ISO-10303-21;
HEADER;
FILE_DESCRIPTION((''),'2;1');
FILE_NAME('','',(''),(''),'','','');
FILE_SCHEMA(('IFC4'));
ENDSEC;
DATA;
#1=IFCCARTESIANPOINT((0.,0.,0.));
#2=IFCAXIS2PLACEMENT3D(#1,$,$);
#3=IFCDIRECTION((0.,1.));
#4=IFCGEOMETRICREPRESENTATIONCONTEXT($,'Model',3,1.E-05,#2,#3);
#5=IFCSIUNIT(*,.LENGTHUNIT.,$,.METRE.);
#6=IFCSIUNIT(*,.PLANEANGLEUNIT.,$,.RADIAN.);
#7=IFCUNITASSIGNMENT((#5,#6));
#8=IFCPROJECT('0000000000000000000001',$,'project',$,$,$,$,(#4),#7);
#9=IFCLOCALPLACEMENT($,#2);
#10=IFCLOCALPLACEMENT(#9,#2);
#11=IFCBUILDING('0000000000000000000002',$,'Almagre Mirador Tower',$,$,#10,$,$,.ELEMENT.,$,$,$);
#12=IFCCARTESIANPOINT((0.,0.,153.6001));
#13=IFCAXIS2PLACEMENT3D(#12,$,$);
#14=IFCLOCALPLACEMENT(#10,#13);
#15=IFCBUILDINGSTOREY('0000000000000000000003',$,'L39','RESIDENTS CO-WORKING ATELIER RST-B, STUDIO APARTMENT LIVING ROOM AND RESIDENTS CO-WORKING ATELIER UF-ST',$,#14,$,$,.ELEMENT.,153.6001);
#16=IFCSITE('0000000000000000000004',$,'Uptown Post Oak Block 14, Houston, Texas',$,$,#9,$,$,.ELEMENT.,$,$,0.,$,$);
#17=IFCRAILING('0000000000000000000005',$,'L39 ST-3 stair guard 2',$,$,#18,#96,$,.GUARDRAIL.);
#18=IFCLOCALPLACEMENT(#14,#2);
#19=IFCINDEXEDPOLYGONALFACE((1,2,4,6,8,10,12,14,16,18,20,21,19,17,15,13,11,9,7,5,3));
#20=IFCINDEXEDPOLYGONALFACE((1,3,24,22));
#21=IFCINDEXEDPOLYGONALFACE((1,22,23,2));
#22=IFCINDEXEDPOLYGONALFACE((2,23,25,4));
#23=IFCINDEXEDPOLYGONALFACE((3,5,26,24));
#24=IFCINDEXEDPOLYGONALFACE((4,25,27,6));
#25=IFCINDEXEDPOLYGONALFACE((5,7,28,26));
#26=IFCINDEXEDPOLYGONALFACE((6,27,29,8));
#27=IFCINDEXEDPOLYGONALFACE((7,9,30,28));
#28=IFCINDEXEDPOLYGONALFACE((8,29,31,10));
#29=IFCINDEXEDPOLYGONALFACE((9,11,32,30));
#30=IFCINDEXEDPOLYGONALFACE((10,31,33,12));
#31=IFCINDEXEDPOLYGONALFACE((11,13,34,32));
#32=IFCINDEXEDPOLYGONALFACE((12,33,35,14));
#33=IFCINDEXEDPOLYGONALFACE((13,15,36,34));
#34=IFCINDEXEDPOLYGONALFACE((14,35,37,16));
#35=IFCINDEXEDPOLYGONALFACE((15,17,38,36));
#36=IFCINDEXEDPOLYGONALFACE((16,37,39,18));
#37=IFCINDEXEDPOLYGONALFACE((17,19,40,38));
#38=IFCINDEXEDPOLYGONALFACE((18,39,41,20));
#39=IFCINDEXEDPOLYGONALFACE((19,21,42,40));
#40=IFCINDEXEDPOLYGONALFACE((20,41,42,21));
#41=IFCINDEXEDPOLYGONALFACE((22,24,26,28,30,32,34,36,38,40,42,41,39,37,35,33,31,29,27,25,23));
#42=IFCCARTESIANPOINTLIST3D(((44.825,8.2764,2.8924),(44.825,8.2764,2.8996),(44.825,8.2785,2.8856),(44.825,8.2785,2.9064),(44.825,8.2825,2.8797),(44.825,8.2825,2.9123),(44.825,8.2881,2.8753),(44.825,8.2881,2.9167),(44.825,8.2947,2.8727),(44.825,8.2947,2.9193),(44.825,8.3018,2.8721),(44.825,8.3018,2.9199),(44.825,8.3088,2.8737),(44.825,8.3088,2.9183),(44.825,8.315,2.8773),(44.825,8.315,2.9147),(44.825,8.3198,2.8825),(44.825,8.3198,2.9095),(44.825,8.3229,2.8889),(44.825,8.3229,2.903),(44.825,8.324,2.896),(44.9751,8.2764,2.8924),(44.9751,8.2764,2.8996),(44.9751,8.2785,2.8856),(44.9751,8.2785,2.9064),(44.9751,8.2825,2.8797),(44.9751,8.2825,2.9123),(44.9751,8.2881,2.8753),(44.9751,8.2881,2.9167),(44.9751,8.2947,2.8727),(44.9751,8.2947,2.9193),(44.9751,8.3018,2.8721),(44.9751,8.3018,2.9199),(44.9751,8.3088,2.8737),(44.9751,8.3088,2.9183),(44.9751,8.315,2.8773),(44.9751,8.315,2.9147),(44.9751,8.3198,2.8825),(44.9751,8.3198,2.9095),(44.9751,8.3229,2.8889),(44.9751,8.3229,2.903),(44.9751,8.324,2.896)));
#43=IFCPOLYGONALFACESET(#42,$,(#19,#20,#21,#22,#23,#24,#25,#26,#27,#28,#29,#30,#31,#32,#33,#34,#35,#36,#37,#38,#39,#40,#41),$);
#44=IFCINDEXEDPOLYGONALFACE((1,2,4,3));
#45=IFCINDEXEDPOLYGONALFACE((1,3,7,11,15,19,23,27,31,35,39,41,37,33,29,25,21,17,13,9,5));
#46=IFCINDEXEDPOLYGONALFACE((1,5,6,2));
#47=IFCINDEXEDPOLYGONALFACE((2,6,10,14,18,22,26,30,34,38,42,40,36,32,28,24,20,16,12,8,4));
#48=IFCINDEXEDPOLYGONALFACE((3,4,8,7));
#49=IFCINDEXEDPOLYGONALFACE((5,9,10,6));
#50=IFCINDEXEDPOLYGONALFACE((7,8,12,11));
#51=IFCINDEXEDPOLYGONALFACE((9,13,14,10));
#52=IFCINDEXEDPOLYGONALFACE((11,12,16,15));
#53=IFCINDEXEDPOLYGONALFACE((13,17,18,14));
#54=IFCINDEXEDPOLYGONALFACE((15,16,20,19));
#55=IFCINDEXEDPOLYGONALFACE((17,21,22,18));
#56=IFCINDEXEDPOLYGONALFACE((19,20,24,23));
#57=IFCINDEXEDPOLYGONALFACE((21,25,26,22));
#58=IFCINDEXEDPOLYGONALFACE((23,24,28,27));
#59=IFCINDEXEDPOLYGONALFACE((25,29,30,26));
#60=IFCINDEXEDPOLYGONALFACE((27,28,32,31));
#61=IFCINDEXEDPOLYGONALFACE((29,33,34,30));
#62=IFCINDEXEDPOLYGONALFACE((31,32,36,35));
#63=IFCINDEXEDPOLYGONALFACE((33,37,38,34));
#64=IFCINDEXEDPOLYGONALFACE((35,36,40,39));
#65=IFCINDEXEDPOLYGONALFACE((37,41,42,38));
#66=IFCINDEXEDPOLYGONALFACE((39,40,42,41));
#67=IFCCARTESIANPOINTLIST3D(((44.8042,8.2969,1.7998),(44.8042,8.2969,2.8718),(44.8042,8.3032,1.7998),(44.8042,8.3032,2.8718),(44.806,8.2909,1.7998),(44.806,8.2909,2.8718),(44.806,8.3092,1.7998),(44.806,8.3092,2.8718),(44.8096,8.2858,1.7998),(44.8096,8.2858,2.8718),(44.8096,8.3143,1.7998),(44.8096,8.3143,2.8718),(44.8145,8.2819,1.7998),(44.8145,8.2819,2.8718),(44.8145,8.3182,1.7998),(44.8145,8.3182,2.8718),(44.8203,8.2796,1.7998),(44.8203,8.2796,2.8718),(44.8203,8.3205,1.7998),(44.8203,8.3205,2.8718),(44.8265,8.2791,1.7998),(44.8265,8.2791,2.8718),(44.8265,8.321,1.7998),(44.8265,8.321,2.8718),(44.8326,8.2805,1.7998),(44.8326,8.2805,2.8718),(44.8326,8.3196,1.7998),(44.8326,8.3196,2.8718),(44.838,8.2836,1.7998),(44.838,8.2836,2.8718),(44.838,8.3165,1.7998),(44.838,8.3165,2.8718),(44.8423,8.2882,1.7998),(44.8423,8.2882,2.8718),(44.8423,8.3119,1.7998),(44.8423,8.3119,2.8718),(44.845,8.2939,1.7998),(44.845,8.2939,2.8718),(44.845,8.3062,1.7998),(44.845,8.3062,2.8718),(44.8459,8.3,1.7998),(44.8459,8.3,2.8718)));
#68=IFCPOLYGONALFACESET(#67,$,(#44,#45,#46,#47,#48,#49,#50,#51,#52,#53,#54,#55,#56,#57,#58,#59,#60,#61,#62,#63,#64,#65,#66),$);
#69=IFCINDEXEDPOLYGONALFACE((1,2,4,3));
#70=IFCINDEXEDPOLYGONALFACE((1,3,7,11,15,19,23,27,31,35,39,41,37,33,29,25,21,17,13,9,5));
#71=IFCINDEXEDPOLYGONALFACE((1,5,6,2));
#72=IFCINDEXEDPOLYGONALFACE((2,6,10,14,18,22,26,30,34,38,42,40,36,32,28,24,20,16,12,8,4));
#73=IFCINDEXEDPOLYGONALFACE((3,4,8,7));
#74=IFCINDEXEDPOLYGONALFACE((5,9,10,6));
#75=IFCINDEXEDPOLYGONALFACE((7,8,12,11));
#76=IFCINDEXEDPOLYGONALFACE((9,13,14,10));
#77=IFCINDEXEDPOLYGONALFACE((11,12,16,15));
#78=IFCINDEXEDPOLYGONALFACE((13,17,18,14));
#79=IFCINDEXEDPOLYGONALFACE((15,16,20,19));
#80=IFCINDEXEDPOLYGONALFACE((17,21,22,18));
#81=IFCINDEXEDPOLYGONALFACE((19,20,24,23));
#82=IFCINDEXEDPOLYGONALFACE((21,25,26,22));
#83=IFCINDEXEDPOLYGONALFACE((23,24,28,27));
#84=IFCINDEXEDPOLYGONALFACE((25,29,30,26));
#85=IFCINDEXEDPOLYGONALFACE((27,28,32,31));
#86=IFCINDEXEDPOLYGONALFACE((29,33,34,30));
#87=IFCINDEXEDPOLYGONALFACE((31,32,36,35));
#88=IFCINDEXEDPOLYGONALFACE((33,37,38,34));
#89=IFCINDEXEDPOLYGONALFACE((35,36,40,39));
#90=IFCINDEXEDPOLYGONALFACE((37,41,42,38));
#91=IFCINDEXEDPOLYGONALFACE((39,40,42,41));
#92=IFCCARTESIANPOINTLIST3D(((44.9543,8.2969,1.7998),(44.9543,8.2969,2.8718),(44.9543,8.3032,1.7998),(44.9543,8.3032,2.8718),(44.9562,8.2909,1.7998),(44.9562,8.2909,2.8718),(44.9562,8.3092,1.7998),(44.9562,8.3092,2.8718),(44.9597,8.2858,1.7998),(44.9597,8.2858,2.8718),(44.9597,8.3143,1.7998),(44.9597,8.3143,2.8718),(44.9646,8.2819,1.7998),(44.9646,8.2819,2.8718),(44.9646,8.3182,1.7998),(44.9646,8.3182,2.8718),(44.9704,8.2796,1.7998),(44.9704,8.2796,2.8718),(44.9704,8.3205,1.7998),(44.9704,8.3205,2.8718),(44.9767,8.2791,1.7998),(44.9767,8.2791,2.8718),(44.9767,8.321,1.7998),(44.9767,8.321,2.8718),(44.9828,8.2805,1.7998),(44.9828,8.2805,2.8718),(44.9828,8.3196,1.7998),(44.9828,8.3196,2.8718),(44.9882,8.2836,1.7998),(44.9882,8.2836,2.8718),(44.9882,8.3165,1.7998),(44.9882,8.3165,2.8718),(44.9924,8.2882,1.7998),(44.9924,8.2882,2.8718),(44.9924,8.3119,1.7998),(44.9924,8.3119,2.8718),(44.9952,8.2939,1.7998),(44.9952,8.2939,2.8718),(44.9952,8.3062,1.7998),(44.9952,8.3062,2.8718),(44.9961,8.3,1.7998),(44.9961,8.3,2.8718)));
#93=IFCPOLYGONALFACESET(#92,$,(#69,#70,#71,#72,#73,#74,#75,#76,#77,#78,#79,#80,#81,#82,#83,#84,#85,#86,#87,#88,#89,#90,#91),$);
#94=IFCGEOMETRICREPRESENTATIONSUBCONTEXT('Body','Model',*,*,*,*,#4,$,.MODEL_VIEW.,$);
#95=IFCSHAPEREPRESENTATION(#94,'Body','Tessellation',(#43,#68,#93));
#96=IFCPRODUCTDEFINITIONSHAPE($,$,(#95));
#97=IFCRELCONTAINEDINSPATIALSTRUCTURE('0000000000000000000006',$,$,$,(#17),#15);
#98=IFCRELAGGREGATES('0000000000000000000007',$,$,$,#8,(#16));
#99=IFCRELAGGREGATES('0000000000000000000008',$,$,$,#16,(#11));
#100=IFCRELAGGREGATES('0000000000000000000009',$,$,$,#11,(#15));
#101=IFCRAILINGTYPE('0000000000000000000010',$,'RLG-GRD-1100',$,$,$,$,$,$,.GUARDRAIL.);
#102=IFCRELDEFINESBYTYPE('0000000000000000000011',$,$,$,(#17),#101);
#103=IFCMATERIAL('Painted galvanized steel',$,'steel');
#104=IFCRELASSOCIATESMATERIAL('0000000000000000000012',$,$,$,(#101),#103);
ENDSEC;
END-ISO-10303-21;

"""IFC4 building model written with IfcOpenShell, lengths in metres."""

from ifc_helpers import new_model, si_unit, direction, frame, origin, origin_2d, place, context, subcontext, project, spatial, circle, extrude, material, type_object, element, save


model = new_model("IFC4")

# Units and contexts
model_context = context("Model", 3, precision=1e-05, world=origin(), true_north=direction((0.0, 1.0)))
body_context = subcontext(model_context, "Body", "Model", "MODEL_VIEW")
ifc_project = project(units=[si_unit("LENGTHUNIT", "METRE"), si_unit("PLANEANGLEUNIT", "RADIAN")], contexts=[model_context])

# Site, building, storey
site_placement = place(None, origin())
site = spatial("IfcSite", under=ifc_project, at=site_placement, Name="Uptown Post Oak Block 14, Houston, Texas", CompositionType="ELEMENT", RefElevation=0.0)
building_placement = place(site_placement, origin())
building = spatial("IfcBuilding", under=site, at=building_placement, Name="Almagre Mirador Tower", CompositionType="ELEMENT")
storey_placement = place(building_placement, frame((0.0, 0.0, 153.6001)))
storey = spatial("IfcBuildingStorey", under=building, at=storey_placement, Name="L39", Description="RESIDENTS CO-WORKING ATELIER RST-B, STUDIO APARTMENT LIVING ROOM AND RESIDENTS CO-WORKING ATELIER UF-ST", CompositionType="ELEMENT", Elevation=153.6001)

# Railing
ifc_material_1 = material(Name="Painted galvanized steel", Category="steel")
railing_type_1 = type_object("IfcRailingType", Name="RLG-GRD-1100", PredefinedType="GUARDRAIL", material=ifc_material_1)
railing_1_placement = place(storey_placement, frame((44.825, 8.3, 1.7998)))
element("IfcRailing", 1, at=railing_1_placement, inside=storey, type_object=railing_type_1, Name="L39 ST-3 stair guard 2", PredefinedType="GUARDRAIL", context=body_context, shape_type="SweptSolid", body=[
    extrude(circle(Radius=0.0239, at=origin_2d()), frame((0.0, 0.0, 1.0962), z_axis=(1.0, 0.0, 0.0), x_axis=(0.0, 1.0, 0.0)), (0.0, 0.0, 1.0), 0.1501),
    extrude(circle(Radius=0.021, at=origin_2d()), origin(), (0.0, 0.0, 1.0), 1.072),
    extrude(circle(Radius=0.021, at=origin_2d()), frame((0.1501, 0.0, 0.0)), (0.0, 0.0, 1.0), 1.072),
])

save(model, "model.ifc")
